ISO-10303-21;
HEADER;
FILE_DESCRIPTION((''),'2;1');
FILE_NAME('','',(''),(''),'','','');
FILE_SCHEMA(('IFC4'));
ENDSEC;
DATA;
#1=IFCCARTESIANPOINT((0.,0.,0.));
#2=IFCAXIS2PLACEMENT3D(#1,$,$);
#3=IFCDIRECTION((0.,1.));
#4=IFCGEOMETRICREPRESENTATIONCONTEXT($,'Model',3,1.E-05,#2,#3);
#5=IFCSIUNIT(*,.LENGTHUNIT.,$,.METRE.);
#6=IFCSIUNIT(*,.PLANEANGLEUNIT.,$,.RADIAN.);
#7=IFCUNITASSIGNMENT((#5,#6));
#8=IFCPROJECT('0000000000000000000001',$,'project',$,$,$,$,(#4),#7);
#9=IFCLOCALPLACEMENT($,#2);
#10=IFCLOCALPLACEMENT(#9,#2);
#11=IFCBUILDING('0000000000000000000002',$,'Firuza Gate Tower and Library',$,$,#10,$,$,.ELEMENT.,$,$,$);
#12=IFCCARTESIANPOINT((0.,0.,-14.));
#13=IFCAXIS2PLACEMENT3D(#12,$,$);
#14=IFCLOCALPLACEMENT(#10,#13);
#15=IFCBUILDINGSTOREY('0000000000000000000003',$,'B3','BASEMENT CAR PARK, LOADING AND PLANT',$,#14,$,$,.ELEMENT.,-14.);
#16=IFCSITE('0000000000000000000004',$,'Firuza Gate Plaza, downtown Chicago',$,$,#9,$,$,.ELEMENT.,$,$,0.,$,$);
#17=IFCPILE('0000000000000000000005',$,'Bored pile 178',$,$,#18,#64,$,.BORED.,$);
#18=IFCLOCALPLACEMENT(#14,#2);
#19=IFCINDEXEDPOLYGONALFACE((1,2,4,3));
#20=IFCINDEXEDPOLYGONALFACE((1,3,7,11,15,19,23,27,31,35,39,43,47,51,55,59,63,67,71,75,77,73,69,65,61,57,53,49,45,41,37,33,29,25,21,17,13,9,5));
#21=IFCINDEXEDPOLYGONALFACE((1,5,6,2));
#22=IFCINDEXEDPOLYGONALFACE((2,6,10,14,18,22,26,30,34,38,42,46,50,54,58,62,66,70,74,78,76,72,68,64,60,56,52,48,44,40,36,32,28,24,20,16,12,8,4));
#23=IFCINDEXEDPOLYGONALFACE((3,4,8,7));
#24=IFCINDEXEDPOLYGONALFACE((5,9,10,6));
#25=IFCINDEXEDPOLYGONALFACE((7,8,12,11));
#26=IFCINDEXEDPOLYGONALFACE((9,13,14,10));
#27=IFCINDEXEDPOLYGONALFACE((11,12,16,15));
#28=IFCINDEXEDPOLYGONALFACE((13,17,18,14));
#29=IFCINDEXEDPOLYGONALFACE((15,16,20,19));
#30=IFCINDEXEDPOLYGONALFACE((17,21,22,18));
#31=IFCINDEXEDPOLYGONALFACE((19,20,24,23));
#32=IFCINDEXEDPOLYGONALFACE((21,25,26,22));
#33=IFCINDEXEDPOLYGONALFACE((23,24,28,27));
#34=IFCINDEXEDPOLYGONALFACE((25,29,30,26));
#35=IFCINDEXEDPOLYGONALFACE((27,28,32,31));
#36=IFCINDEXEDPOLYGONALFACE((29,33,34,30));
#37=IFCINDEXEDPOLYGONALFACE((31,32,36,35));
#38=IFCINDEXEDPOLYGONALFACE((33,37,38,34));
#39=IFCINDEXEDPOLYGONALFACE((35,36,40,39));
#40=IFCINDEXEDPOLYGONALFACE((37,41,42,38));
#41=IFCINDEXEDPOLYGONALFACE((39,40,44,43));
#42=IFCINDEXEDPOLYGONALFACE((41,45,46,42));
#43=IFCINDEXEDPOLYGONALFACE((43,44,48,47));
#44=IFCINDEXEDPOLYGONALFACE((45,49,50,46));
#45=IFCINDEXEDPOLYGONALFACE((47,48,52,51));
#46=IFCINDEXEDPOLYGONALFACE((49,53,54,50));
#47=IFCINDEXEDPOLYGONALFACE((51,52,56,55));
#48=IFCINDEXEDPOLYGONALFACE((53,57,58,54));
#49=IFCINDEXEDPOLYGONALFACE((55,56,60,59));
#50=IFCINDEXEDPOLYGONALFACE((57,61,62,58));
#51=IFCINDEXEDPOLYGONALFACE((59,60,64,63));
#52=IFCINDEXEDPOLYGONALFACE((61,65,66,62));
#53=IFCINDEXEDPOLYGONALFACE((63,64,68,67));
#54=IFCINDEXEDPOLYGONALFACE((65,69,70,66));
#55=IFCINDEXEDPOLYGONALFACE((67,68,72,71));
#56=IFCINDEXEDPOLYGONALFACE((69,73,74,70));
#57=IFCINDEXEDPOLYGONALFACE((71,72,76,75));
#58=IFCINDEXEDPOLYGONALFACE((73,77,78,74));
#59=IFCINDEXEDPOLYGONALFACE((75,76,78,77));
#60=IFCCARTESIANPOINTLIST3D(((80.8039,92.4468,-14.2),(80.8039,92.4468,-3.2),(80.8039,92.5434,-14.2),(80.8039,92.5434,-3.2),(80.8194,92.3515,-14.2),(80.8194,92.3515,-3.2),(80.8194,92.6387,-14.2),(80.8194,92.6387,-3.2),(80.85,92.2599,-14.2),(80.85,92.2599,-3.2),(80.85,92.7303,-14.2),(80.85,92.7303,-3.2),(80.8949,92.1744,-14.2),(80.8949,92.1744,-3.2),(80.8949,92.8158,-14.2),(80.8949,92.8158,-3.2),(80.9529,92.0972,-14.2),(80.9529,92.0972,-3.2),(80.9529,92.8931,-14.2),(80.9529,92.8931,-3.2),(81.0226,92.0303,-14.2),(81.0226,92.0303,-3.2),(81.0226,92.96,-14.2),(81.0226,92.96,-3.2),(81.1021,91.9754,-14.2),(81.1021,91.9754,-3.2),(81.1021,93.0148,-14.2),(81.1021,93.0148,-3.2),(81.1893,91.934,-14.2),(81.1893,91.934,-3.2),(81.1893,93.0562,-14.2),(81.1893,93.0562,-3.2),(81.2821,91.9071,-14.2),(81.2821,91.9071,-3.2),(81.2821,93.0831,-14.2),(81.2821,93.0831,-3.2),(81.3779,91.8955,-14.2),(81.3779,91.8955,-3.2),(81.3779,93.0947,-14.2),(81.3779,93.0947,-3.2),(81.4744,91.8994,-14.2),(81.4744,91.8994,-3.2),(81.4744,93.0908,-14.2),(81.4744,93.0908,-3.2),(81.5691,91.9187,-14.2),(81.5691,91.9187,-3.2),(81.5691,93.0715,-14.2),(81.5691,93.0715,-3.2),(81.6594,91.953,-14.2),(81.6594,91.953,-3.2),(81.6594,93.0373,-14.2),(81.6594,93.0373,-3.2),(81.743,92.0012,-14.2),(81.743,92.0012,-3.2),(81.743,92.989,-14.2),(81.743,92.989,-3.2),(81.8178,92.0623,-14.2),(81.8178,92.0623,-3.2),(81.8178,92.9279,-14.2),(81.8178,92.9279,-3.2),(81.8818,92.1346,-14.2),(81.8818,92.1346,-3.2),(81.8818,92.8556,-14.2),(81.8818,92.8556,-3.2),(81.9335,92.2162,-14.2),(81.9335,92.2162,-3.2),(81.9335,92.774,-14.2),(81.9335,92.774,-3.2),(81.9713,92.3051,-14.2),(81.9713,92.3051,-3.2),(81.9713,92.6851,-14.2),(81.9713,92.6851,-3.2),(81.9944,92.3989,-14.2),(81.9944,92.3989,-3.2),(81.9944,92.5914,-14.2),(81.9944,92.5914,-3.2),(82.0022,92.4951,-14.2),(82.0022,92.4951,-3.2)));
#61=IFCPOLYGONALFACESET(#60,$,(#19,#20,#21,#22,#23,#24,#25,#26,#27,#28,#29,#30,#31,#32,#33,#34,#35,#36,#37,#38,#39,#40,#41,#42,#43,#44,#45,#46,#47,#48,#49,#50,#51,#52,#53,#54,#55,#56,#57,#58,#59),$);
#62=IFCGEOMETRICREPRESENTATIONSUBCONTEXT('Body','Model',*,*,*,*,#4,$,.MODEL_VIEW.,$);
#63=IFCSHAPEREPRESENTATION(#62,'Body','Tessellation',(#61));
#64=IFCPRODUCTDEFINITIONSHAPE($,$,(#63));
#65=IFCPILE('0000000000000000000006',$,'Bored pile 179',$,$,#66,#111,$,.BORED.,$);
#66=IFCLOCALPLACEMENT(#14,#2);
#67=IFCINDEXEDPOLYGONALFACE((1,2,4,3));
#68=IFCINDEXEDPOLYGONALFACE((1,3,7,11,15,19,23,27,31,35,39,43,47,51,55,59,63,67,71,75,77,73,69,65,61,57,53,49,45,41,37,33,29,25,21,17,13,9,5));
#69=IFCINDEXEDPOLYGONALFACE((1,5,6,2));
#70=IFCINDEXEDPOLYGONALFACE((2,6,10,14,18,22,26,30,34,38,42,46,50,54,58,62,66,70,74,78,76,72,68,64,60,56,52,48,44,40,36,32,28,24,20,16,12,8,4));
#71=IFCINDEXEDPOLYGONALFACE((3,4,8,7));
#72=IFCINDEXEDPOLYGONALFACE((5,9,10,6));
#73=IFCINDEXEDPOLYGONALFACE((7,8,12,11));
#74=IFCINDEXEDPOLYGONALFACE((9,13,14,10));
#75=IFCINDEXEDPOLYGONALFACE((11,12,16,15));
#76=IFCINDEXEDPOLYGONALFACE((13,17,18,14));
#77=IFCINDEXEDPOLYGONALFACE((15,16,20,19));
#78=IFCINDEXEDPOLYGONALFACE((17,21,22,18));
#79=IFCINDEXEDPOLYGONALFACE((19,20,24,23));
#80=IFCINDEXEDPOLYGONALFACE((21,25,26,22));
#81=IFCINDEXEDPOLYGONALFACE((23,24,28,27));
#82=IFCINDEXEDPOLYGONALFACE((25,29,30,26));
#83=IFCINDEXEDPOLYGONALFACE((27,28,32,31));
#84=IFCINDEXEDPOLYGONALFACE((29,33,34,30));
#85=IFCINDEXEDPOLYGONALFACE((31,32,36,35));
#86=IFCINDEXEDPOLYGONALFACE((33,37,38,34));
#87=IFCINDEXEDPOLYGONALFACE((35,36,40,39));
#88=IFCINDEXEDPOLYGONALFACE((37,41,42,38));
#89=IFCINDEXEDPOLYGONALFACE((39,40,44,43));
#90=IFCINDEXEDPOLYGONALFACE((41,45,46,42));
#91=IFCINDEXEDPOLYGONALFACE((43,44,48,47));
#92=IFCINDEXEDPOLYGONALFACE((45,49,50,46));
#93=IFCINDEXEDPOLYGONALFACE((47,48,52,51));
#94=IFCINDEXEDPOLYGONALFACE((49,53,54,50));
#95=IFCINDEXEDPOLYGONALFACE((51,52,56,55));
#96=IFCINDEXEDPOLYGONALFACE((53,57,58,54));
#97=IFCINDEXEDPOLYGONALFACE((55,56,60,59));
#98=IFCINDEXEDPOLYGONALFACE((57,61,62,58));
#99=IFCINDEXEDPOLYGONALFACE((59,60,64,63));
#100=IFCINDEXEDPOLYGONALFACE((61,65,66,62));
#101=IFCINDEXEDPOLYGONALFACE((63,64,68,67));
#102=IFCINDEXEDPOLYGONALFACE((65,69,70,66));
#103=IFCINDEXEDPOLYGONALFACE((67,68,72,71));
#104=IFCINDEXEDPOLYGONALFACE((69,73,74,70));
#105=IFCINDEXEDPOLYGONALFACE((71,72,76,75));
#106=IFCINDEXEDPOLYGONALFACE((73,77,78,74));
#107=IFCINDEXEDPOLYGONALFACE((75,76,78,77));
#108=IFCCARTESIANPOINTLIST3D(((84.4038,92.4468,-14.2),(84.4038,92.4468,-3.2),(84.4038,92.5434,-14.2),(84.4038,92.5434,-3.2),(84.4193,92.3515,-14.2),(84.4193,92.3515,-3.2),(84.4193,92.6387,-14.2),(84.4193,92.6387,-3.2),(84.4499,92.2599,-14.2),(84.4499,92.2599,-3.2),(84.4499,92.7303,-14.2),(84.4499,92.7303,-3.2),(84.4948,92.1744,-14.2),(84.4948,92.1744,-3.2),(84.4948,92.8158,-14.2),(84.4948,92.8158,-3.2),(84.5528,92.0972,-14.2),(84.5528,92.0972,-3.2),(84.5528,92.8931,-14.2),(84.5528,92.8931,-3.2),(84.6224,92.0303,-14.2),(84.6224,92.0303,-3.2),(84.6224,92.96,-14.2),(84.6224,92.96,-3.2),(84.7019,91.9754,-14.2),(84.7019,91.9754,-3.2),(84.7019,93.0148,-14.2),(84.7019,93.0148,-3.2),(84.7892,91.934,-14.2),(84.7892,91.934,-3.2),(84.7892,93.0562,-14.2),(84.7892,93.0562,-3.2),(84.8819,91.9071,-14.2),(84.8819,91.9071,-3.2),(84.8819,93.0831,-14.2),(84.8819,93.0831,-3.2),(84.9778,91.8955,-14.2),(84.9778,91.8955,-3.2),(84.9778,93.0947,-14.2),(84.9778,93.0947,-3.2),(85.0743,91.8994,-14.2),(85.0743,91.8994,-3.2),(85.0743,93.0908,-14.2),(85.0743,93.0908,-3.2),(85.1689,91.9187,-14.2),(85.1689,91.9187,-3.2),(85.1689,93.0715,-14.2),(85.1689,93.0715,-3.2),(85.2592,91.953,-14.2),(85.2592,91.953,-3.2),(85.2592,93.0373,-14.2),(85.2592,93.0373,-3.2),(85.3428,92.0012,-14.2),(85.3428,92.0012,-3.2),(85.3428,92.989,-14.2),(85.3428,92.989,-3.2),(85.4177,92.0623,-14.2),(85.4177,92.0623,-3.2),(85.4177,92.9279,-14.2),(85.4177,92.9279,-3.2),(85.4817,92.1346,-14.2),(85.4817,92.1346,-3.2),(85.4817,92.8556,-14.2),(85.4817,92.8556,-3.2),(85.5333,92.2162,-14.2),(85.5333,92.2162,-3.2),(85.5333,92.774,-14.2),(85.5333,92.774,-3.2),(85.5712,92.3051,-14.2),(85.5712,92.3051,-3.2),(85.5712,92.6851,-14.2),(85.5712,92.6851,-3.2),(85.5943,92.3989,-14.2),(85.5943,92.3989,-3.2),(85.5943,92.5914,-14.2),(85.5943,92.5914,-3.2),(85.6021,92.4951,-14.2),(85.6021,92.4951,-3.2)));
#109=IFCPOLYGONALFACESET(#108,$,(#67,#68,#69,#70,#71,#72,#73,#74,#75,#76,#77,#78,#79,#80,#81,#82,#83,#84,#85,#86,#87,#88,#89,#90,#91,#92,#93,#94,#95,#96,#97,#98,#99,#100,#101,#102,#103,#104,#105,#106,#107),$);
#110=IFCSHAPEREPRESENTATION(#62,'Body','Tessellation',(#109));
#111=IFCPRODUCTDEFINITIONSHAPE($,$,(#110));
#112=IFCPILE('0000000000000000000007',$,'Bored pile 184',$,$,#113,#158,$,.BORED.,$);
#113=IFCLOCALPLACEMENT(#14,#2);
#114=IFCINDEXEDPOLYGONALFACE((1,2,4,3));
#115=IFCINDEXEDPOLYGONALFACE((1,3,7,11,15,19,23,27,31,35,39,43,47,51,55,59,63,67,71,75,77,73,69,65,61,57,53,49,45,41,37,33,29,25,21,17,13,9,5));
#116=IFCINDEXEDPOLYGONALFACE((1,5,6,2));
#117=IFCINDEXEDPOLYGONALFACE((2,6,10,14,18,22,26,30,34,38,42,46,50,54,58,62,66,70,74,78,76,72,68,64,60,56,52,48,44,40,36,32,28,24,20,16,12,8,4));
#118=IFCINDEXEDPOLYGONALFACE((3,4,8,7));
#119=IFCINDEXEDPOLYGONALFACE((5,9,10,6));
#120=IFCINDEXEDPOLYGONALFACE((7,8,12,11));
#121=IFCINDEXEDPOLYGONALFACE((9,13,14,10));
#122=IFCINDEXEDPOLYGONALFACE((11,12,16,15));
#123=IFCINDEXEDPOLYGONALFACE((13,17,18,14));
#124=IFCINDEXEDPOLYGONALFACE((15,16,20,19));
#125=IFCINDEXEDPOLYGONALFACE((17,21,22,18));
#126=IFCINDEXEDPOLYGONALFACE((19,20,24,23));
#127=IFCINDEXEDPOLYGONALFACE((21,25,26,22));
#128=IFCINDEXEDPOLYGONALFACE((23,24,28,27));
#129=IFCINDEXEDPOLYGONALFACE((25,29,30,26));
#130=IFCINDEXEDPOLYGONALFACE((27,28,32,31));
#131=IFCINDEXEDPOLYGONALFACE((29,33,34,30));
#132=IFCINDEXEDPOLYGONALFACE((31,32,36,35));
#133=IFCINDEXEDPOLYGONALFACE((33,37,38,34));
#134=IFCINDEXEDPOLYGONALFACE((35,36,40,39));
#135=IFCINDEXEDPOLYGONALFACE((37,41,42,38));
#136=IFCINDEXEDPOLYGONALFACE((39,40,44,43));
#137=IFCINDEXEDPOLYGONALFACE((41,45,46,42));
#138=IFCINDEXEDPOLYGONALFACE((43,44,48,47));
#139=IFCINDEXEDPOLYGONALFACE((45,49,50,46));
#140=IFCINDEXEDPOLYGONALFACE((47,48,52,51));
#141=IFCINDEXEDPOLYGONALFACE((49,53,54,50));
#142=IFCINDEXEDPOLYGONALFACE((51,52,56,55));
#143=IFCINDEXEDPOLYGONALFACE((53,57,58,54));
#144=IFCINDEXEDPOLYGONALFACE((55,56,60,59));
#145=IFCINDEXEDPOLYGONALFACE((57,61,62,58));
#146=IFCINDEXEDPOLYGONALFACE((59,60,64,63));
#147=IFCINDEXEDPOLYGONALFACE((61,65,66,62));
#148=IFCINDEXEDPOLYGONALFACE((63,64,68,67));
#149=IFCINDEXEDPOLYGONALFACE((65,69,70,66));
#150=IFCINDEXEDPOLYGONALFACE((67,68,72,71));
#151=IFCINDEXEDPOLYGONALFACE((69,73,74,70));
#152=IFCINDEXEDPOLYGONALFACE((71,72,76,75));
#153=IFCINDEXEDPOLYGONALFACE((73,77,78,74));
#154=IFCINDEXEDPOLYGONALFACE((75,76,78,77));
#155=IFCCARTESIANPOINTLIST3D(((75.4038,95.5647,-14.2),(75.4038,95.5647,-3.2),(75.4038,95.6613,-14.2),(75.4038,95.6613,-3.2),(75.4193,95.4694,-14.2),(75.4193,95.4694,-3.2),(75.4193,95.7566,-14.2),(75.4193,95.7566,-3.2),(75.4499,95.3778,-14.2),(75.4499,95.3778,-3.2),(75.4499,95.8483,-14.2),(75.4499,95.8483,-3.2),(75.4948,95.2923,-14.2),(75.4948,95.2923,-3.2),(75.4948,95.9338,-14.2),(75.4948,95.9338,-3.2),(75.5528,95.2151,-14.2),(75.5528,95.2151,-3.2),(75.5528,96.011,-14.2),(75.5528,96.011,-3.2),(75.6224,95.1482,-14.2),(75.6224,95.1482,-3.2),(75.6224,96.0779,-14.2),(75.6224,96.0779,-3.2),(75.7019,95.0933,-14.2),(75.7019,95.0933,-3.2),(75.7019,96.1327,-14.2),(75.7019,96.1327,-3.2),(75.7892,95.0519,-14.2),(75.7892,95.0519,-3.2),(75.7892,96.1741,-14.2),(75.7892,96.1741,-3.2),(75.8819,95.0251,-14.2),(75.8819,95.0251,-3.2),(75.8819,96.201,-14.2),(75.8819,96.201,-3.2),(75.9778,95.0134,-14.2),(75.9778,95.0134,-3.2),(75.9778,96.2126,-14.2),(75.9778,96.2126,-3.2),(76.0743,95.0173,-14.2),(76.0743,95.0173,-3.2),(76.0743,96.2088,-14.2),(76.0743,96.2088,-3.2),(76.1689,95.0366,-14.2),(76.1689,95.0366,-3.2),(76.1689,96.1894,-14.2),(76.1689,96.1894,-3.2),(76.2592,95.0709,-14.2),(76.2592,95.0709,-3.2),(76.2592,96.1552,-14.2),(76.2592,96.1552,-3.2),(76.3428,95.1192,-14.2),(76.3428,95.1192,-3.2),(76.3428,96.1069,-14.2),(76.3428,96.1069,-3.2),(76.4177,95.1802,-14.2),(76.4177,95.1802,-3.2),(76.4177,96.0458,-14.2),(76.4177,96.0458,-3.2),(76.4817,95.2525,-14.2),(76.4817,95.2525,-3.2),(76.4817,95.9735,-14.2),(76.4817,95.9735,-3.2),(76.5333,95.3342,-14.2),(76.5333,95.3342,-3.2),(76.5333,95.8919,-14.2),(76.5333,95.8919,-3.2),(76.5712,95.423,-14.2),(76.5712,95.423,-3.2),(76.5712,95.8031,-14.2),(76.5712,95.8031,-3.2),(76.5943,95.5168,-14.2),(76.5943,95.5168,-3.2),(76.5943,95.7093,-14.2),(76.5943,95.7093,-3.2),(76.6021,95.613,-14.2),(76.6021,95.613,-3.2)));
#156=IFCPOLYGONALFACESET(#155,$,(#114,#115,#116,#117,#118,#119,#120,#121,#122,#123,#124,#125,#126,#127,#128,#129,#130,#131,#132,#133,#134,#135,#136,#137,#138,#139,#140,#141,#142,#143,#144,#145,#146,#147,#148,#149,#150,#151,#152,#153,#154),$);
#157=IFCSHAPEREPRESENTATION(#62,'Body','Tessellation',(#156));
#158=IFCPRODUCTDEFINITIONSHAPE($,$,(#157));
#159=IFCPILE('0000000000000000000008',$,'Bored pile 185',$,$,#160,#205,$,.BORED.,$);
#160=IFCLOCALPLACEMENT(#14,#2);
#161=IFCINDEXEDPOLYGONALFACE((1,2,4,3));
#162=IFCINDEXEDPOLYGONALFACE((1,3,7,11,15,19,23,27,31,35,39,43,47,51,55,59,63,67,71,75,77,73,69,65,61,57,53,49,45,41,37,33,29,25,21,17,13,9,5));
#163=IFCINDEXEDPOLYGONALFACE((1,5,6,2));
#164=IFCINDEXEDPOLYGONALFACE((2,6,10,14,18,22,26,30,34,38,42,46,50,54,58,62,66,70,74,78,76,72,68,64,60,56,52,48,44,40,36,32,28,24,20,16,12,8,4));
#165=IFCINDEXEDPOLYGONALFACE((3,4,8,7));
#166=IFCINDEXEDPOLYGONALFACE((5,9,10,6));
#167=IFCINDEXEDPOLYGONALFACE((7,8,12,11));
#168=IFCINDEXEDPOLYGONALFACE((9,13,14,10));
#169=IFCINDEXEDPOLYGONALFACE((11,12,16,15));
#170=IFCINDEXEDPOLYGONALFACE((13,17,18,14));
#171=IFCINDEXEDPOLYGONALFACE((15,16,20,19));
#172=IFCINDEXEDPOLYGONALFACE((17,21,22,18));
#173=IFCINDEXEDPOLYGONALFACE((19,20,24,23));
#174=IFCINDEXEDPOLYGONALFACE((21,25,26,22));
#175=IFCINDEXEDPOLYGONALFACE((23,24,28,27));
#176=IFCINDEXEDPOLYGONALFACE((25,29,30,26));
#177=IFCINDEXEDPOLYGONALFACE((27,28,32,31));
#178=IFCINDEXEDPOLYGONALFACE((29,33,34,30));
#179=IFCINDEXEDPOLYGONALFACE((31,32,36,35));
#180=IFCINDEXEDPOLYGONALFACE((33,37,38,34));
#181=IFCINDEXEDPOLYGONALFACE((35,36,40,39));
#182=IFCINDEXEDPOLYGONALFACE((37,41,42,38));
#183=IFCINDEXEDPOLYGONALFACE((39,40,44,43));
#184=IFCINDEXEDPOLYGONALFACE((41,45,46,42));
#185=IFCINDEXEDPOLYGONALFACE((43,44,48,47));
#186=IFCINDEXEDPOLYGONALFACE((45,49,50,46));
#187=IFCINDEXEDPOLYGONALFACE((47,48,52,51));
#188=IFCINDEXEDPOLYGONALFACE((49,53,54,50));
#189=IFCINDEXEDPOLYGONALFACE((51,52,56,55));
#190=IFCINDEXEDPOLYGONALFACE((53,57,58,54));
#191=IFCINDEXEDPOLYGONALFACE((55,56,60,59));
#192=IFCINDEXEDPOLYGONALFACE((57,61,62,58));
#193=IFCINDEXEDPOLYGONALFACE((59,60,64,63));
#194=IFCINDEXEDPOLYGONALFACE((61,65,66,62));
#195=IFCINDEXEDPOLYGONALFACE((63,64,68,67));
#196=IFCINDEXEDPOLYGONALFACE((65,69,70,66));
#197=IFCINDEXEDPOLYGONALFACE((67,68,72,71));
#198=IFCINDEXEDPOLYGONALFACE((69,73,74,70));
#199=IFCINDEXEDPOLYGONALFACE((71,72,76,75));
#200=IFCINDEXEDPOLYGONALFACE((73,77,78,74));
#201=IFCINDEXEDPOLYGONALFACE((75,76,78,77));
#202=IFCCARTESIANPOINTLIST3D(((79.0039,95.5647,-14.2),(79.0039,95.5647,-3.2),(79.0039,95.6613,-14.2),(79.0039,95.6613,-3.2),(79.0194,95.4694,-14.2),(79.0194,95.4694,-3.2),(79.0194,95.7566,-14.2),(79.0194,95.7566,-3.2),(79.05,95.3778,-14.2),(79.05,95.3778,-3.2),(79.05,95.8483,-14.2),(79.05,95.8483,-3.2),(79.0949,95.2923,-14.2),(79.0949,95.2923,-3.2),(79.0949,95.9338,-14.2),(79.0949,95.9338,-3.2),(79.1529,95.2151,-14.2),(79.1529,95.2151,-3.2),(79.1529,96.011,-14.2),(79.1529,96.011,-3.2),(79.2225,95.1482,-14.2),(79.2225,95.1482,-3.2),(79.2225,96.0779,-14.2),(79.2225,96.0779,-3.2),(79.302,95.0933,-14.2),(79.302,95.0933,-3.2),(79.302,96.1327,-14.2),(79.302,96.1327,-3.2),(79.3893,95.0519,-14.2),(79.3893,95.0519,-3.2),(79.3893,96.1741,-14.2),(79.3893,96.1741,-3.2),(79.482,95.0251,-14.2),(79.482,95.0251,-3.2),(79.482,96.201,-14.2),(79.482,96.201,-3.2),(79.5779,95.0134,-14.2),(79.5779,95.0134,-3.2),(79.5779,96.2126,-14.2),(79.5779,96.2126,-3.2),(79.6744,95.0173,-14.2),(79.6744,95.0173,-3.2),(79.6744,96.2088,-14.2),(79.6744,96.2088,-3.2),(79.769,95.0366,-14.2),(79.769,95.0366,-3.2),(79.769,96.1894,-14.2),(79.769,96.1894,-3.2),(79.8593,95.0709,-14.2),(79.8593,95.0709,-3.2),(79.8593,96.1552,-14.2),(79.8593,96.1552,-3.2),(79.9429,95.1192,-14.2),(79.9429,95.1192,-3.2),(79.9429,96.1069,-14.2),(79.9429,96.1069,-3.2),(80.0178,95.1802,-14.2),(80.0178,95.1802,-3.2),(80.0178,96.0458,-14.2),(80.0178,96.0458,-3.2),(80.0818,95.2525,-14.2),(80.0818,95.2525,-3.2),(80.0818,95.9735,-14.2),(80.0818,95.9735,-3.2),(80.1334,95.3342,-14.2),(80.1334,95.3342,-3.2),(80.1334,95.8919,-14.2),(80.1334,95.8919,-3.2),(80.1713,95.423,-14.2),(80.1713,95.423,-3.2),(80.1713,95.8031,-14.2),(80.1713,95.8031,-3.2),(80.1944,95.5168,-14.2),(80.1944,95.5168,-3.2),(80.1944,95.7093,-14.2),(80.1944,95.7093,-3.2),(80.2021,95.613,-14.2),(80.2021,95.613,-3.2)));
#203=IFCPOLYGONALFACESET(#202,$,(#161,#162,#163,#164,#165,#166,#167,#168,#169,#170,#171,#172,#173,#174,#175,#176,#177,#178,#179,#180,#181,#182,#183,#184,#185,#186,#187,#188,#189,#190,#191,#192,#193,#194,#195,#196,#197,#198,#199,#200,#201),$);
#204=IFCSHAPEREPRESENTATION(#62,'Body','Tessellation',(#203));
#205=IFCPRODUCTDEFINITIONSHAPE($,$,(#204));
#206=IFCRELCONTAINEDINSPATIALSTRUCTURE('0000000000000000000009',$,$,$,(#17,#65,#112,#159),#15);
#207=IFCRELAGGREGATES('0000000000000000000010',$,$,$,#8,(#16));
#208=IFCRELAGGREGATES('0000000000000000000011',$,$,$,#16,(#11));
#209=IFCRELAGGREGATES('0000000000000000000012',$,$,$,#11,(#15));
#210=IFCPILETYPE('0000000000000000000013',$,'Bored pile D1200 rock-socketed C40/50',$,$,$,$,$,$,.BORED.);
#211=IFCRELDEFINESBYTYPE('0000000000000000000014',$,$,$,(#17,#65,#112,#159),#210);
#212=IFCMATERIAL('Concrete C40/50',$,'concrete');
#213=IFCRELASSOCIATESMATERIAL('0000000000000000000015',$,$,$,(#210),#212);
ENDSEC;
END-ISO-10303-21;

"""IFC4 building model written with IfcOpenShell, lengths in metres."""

from ifc_helpers import new_model, si_unit, direction, frame, origin, origin_2d, place, context, subcontext, project, spatial, circle, extrude, material, material_profile, profile_set, type_object, element, save


model = new_model("IFC4")

# Units and contexts
model_context = context("Model", 3, precision=1e-05, world=origin(), true_north=direction((0.0, 1.0)))
body_context = subcontext(model_context, "Body", "Model", "MODEL_VIEW")
ifc_project = project(units=[si_unit("LENGTHUNIT", "METRE"), si_unit("PLANEANGLEUNIT", "RADIAN")], contexts=[model_context])

# Site, building, storey
site_placement = place(None, origin())
site = spatial("IfcSite", under=ifc_project, at=site_placement, Name="Firuza Gate Plaza, downtown Chicago", CompositionType="ELEMENT", RefElevation=0.0)
building_placement = place(site_placement, origin())
building = spatial("IfcBuilding", under=site, at=building_placement, Name="Firuza Gate Tower and Library", CompositionType="ELEMENT")
storey_placement = place(building_placement, frame((0.0, 0.0, -14.0)))
storey = spatial("IfcBuildingStorey", under=building, at=storey_placement, Name="B3", Description="BASEMENT CAR PARK, LOADING AND PLANT", CompositionType="ELEMENT", Elevation=-14.0)

# Piles
ifc_material_1 = material(Name="Concrete C40/50", Category="concrete")
ifc_material_profile_1 = material_profile(ifc_material_1, circle(Radius=0.6001, at=origin_2d()))
ifc_profile_set_1 = profile_set([ifc_material_profile_1], Name="Concrete C40/50")
pile_type = type_object("IfcPileType", Name="Bored pile D1200 rock-socketed C40/50", PredefinedType="BORED", material=ifc_profile_set_1)
for number, where, z_axis, x_axis, name in (
    (1, (81.4021, 92.4951, -3.2), (0.0, 0.0, -1.0), (1.0, 0.0, 0.0), "Bored pile 178"),
    (2, (85.002, 92.4951, -3.2), (0.0, 0.0, -1.0), (1.0, 0.0, 0.0), "Bored pile 179"),
    (3, (76.002, 95.613, -3.2), (0.0, 0.0, -1.0), (1.0, 0.0, 0.0), "Bored pile 184"),
    (4, (79.6021, 95.613, -3.2), (0.0, 0.0, -1.0), (1.0, 0.0, 0.0), "Bored pile 185"),
):
    element("IfcPile", number, at=place(storey_placement, frame(where, z_axis=z_axis, x_axis=x_axis)), inside=storey, type_object=pile_type, Name=name, PredefinedType="BORED", context=body_context, shape_type="SweptSolid", body=[
        extrude(circle(Radius=0.6001, at=origin_2d()), origin(), (0.0, 0.0, 1.0), 11.0),
    ])

save(model, "model.ifc")
